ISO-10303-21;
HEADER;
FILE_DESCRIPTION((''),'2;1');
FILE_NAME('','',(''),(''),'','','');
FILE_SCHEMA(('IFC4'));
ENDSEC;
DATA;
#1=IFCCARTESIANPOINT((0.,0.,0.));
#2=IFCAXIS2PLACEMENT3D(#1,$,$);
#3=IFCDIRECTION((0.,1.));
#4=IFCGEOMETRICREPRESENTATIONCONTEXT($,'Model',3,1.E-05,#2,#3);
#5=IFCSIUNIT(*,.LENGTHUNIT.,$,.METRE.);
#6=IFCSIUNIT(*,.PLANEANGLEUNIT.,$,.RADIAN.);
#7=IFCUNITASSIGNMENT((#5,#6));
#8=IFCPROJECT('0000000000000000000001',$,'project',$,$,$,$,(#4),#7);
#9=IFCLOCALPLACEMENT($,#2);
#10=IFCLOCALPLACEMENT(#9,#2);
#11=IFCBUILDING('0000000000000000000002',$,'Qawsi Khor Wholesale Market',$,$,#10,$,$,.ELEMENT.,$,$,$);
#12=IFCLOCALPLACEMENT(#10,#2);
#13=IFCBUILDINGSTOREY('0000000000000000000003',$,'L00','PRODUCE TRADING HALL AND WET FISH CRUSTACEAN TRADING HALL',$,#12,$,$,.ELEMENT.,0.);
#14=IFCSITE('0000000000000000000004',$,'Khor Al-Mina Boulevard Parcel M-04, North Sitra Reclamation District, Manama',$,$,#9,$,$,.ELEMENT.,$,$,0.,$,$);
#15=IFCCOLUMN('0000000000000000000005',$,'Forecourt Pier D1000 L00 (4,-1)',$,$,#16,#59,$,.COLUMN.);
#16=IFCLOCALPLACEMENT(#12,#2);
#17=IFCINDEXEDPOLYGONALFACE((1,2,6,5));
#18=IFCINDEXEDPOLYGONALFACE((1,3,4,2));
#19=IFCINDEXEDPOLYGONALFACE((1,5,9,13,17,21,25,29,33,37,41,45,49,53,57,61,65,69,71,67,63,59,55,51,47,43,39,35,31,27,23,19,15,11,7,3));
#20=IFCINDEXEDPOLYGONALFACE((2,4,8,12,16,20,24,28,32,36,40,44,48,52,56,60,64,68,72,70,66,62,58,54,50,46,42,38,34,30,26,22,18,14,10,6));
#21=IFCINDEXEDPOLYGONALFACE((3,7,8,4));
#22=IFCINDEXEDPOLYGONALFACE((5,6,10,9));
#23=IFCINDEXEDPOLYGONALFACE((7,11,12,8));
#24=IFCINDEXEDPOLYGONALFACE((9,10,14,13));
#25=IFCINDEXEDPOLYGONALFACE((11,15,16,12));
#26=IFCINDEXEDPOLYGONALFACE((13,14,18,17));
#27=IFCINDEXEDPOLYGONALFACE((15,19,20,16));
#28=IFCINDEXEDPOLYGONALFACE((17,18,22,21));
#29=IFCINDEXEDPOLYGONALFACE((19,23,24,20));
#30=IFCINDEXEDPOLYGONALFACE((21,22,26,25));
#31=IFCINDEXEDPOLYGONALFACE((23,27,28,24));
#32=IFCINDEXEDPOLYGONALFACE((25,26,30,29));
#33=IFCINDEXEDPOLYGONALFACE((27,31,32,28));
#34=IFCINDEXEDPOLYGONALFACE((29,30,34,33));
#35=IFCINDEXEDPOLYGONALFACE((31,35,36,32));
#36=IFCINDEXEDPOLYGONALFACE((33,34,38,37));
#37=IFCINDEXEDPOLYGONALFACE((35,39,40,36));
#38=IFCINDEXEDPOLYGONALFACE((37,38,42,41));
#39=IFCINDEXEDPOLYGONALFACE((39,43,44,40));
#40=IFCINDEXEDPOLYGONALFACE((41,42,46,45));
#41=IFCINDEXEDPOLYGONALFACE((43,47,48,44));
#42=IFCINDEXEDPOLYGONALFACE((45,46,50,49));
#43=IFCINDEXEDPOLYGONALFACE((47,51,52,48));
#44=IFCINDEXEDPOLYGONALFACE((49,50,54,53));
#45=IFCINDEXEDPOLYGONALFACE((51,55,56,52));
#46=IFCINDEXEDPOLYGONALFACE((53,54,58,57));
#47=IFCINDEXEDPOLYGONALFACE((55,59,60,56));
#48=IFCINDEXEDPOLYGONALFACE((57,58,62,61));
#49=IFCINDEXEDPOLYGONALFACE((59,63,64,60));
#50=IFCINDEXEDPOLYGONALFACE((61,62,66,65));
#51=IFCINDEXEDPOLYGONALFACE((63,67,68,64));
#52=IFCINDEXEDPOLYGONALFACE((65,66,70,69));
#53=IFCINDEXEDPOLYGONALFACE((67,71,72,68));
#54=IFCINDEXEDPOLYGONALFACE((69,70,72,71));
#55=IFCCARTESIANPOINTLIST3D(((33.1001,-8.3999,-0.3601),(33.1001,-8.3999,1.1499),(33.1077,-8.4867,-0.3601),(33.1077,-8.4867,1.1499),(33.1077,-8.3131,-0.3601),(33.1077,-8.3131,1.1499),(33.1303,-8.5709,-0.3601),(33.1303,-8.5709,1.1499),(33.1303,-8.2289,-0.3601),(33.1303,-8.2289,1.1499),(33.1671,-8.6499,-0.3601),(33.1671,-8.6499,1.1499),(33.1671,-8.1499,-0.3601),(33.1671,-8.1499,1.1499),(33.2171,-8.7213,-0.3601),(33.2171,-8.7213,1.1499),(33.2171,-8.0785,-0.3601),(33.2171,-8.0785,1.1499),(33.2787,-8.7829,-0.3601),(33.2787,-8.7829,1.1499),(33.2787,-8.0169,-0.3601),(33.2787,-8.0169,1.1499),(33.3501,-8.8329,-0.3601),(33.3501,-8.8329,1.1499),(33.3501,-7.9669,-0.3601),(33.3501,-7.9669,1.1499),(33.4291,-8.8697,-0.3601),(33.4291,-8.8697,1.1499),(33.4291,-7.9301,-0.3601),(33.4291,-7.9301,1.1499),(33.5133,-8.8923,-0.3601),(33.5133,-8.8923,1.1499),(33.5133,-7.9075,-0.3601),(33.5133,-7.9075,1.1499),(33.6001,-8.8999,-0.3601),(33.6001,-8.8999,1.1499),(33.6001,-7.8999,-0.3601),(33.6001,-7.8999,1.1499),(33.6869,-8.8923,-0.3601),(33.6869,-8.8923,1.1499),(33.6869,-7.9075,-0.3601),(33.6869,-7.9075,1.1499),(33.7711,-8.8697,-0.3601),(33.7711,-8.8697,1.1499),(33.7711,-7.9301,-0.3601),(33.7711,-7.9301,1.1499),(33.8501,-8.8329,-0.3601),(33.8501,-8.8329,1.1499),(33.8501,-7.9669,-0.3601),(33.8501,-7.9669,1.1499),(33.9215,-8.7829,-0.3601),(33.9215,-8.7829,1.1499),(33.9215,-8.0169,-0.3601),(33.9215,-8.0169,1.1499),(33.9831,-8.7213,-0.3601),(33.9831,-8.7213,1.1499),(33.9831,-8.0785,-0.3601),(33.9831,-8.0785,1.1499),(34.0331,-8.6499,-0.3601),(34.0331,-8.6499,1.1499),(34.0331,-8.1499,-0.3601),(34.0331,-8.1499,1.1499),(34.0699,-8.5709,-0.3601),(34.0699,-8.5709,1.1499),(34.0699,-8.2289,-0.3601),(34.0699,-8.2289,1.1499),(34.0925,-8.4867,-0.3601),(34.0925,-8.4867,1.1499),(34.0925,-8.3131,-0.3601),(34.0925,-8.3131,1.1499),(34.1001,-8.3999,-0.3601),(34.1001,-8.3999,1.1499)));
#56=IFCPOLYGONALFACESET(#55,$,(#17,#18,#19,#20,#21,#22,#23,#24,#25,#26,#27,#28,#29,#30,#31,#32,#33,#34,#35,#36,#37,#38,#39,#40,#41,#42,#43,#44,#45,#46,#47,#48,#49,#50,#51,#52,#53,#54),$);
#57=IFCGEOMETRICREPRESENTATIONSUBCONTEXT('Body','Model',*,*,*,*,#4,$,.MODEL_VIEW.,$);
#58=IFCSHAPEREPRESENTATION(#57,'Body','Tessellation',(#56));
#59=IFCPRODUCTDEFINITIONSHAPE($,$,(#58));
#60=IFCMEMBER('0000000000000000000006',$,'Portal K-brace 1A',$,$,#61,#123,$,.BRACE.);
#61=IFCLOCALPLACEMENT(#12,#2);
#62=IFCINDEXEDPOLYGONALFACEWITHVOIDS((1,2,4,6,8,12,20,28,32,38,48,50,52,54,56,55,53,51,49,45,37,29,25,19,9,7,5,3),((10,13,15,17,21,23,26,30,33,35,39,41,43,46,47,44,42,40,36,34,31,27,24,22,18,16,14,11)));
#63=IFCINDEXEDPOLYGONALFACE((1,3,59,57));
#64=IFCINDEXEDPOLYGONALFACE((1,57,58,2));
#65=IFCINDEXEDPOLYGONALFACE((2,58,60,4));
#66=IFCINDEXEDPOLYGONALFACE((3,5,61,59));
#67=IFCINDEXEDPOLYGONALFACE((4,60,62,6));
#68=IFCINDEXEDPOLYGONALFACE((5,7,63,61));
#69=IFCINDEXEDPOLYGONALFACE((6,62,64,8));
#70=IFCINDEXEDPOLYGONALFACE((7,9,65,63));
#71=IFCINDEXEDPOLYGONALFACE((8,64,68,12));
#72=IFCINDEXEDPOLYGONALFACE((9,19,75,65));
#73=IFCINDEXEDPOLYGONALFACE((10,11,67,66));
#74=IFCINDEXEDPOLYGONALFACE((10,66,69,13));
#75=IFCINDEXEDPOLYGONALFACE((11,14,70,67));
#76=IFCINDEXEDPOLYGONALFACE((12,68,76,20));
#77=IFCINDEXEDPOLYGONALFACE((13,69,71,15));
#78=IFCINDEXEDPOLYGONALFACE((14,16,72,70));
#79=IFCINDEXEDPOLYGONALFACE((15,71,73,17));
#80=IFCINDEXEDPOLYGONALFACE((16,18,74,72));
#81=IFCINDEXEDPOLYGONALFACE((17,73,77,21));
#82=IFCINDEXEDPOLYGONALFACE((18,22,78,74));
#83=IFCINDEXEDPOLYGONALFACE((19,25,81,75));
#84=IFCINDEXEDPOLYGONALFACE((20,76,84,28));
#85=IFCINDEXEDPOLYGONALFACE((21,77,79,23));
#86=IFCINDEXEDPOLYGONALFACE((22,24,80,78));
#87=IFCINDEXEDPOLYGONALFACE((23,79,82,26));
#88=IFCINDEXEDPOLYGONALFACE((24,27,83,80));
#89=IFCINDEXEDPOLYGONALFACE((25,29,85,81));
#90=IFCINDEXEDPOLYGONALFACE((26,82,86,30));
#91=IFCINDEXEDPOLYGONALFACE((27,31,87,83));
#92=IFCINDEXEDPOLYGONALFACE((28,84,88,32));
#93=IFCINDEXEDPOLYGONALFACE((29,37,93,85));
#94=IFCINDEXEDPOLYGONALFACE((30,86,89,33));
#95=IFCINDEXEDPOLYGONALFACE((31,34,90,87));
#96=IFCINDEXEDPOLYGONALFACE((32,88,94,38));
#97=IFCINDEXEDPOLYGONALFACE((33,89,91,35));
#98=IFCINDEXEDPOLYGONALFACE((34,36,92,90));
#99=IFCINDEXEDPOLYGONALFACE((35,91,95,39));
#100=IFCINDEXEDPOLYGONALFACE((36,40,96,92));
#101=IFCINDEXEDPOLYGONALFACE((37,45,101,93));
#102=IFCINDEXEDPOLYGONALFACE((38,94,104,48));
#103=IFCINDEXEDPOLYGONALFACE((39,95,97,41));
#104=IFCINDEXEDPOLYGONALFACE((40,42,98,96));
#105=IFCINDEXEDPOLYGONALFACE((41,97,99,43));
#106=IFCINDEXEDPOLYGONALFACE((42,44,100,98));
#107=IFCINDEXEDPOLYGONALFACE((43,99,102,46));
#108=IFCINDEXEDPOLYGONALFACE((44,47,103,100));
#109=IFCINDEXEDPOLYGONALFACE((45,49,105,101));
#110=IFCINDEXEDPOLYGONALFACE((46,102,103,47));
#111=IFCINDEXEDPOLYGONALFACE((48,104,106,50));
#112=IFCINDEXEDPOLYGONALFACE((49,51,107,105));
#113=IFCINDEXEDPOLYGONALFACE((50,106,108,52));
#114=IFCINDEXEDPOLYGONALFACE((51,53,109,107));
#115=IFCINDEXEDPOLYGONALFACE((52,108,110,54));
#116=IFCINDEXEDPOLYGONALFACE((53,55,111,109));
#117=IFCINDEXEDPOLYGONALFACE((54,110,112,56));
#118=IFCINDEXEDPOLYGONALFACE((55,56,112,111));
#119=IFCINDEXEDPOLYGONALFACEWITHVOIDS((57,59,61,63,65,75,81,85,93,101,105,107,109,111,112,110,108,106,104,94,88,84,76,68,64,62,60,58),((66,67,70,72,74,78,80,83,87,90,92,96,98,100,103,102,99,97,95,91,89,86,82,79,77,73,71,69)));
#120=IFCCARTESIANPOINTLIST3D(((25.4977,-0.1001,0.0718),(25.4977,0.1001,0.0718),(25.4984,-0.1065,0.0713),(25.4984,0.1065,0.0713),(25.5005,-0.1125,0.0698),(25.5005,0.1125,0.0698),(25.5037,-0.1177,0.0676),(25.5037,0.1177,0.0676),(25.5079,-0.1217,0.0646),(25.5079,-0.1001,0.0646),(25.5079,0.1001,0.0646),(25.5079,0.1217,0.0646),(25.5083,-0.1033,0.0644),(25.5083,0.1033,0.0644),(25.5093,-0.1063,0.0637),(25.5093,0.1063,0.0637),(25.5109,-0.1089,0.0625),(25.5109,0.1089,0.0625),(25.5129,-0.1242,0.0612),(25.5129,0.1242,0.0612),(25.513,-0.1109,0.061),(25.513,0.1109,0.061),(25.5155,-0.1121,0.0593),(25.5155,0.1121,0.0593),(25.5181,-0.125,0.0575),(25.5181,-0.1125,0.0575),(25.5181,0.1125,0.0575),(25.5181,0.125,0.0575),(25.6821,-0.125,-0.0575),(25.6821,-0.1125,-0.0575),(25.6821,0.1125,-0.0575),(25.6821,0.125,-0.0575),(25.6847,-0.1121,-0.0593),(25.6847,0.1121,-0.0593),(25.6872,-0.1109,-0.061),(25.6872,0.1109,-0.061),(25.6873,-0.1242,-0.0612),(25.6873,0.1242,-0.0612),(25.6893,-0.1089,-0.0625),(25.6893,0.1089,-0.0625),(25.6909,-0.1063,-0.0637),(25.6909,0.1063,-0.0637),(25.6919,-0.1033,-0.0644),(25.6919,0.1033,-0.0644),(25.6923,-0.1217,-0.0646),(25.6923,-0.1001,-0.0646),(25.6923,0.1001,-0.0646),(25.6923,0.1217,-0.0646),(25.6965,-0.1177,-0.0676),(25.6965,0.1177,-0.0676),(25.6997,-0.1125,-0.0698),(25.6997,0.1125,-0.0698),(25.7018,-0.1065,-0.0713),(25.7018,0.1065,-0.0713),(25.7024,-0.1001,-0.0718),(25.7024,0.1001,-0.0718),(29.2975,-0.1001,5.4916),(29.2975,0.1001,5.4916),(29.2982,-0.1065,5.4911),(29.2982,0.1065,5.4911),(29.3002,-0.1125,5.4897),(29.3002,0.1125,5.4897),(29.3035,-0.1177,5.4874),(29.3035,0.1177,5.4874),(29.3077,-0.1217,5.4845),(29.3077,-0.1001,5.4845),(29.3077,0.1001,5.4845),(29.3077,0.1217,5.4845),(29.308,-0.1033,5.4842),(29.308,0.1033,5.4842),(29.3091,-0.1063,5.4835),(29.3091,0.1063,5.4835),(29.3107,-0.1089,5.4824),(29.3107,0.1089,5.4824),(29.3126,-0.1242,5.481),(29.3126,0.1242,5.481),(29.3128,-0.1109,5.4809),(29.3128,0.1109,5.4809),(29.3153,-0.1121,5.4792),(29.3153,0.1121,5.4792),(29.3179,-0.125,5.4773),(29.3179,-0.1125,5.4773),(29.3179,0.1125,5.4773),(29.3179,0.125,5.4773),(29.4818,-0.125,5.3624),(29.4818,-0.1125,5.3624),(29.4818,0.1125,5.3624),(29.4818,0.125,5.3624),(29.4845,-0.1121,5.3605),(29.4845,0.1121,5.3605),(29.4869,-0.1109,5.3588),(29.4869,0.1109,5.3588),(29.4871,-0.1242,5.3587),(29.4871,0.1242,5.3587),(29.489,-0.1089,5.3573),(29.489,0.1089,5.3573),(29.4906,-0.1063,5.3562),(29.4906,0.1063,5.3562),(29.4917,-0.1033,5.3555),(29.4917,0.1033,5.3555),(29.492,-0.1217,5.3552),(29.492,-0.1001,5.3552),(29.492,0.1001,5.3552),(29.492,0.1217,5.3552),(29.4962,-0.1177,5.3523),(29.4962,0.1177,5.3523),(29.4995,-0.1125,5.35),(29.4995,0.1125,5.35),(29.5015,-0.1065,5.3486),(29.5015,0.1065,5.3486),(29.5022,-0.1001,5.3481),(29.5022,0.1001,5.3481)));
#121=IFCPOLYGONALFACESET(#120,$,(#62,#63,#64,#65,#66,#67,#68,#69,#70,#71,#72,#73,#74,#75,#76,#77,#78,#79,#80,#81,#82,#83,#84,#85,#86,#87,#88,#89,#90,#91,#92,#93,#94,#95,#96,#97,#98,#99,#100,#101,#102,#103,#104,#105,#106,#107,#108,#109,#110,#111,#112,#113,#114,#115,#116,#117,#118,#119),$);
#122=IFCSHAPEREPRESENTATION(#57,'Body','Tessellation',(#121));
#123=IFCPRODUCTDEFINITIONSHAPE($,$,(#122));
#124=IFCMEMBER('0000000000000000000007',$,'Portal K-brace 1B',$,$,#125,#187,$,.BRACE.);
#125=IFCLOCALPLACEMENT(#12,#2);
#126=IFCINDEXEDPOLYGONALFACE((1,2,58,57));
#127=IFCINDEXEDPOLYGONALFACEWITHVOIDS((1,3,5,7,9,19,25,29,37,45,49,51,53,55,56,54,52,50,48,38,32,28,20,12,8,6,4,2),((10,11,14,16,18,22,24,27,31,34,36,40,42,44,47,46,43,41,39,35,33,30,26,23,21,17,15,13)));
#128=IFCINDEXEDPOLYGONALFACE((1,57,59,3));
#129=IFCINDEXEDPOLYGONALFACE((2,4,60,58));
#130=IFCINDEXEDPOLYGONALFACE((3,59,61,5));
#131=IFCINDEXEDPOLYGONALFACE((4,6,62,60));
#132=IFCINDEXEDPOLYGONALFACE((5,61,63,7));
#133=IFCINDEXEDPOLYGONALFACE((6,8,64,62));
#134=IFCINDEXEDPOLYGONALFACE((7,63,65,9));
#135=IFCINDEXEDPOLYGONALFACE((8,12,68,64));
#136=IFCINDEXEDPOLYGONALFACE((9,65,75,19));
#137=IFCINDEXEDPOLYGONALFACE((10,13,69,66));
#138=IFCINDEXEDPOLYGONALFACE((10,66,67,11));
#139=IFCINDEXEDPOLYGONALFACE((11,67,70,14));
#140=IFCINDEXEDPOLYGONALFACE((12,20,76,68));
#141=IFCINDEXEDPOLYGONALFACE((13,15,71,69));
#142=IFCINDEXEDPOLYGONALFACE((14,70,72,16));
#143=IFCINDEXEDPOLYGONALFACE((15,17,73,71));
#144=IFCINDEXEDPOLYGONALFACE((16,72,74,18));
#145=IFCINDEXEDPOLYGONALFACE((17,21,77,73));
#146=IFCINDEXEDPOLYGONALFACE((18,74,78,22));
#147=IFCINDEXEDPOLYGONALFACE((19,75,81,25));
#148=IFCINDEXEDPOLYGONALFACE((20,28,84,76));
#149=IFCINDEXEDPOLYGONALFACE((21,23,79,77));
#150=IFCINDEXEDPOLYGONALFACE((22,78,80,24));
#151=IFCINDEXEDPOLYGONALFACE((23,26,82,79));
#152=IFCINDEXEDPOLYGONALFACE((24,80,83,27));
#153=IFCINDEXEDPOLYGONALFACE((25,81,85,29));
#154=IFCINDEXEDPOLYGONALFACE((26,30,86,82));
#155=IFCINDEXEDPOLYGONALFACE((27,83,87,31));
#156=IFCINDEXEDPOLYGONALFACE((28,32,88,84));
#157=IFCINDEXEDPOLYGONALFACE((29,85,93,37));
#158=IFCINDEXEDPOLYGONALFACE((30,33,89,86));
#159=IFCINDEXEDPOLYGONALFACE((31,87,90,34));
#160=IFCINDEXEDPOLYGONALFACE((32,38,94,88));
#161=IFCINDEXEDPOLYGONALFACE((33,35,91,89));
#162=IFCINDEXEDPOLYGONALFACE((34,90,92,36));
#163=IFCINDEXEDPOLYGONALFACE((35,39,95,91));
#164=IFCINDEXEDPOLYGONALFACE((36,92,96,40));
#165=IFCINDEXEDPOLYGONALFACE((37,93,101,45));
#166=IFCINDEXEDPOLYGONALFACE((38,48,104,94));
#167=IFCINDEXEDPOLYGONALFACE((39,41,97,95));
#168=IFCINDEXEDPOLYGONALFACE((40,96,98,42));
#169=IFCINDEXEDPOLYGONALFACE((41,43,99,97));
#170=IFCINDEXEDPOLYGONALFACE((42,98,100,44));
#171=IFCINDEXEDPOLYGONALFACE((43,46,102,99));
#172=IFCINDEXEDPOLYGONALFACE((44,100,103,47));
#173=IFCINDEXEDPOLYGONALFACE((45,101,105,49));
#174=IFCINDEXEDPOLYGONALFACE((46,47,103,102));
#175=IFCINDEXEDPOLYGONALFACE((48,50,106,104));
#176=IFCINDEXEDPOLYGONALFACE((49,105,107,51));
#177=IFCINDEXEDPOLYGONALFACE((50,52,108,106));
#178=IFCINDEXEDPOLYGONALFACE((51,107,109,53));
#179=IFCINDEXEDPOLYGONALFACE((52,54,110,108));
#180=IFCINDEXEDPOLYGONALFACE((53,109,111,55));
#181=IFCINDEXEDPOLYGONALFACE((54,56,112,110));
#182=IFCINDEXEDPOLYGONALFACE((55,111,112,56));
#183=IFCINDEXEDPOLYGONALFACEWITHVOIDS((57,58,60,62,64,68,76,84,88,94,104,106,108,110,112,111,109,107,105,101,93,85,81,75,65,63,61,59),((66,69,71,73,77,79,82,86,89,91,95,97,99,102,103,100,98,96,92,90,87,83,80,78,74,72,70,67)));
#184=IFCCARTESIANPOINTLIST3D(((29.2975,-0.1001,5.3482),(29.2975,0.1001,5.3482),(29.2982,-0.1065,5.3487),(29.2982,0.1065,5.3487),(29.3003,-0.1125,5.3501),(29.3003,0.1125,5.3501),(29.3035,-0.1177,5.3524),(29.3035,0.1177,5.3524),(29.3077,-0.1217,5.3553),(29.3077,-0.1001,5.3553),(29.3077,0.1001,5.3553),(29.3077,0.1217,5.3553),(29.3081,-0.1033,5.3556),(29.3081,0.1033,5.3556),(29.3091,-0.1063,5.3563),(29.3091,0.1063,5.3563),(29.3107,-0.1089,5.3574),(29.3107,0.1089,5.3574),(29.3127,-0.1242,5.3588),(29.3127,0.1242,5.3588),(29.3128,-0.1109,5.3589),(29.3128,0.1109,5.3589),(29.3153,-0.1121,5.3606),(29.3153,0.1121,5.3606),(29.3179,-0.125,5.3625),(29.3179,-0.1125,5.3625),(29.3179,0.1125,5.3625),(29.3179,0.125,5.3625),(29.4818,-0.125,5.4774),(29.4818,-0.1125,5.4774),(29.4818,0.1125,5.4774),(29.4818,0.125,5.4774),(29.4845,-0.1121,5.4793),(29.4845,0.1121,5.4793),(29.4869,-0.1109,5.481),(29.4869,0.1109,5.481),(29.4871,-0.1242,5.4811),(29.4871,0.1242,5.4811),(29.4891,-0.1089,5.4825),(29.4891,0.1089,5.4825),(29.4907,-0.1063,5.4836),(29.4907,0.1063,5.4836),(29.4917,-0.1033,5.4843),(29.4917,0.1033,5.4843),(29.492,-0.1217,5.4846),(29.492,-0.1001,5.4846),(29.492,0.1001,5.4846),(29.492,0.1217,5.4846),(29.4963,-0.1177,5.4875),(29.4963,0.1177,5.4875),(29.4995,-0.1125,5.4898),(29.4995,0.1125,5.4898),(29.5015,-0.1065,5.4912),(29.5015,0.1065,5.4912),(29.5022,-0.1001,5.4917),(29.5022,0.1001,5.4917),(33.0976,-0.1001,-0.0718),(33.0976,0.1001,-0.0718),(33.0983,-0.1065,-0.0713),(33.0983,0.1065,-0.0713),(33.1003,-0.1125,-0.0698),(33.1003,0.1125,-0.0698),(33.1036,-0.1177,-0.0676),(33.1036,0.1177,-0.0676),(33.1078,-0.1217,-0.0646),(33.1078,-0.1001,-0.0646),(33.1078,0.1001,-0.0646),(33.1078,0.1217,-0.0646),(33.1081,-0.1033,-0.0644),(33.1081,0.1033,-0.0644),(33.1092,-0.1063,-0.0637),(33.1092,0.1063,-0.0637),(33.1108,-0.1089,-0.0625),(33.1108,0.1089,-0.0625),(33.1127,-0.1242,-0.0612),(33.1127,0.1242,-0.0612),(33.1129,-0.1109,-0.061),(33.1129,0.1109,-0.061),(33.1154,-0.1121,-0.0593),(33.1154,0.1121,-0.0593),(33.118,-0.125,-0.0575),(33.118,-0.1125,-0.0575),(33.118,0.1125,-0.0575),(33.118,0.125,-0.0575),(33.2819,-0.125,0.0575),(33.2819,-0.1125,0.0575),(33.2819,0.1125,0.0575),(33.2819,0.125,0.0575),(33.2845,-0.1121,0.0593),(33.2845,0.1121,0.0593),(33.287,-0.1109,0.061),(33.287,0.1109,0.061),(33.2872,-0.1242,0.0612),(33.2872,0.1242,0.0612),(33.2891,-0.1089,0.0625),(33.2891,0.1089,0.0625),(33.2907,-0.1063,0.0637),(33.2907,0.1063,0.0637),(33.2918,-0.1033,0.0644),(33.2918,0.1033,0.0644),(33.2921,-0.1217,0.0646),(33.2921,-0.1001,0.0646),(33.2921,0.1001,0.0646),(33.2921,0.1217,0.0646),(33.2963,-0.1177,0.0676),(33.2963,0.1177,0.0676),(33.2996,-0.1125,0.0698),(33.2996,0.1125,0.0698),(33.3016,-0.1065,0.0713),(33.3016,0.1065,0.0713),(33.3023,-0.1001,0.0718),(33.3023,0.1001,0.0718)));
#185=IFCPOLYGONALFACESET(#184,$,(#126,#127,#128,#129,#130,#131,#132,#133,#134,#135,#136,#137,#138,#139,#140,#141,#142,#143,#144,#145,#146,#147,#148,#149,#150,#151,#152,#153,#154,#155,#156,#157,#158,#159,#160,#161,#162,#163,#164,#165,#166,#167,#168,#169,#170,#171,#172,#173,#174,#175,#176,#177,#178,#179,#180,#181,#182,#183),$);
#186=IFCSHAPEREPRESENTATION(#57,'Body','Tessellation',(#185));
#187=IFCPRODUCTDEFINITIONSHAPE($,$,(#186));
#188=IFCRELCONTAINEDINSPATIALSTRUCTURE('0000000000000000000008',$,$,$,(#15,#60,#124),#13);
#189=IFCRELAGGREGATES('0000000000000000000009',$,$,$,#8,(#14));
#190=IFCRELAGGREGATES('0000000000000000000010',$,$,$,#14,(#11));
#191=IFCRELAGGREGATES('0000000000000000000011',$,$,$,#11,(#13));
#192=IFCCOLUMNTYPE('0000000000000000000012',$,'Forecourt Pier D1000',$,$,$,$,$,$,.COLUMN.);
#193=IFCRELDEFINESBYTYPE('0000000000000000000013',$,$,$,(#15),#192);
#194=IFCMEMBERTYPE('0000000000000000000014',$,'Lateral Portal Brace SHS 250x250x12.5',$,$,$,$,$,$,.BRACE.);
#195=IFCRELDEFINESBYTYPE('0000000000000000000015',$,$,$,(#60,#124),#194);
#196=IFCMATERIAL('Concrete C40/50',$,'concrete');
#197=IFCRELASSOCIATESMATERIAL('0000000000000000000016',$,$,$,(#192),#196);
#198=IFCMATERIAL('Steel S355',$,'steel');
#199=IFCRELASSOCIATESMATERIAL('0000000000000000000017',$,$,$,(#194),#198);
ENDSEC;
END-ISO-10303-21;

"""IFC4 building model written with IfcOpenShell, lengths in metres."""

from ifc_helpers import new_model, si_unit, direction, frame, origin, origin_2d, place, context, subcontext, project, spatial, hollow_rectangle, circle, extrude, material, material_profile, profile_set, type_object, element, save


model = new_model("IFC4")

# Units and contexts
model_context = context("Model", 3, precision=1e-05, world=origin(), true_north=direction((0.0, 1.0)))
body_context = subcontext(model_context, "Body", "Model", "MODEL_VIEW")
ifc_project = project(units=[si_unit("LENGTHUNIT", "METRE"), si_unit("PLANEANGLEUNIT", "RADIAN")], contexts=[model_context])

# Site, building, storey
site_placement = place(None, origin())
site = spatial("IfcSite", under=ifc_project, at=site_placement, Name="Khor Al-Mina Boulevard Parcel M-04, North Sitra Reclamation District, Manama", CompositionType="ELEMENT", RefElevation=0.0)
building_placement = place(site_placement, origin())
building = spatial("IfcBuilding", under=site, at=building_placement, Name="Qawsi Khor Wholesale Market", CompositionType="ELEMENT")
storey_placement = place(building_placement, origin())
storey = spatial("IfcBuildingStorey", under=building, at=storey_placement, Name="L00", Description="PRODUCE TRADING HALL AND WET FISH CRUSTACEAN TRADING HALL", CompositionType="ELEMENT", Elevation=0.0)

# Column
ifc_material_1 = material(Name="Concrete C40/50", Category="concrete")
ifc_material_profile_1 = material_profile(ifc_material_1, circle(Radius=0.5, at=origin_2d()), Name="RC COL D1000")
ifc_profile_set_1 = profile_set([ifc_material_profile_1], Name="Concrete C40/50")
column_type_1 = type_object("IfcColumnType", Name="Forecourt Pier D1000", PredefinedType="COLUMN", material=ifc_profile_set_1)
column_1_placement = place(storey_placement, frame((33.6001, -8.3999, -0.3601), z_axis=(0.0, 0.0, 1.0), x_axis=(1.0, 0.0, 0.0)))
element("IfcColumn", 1, at=column_1_placement, inside=storey, type_object=column_type_1, Name="Forecourt Pier D1000 L00 (4,-1)", PredefinedType="COLUMN", context=body_context, shape_type="SweptSolid", body=[
    extrude(circle(Radius=0.5, at=origin_2d()), origin(), (0.0, 0.0, 1.0), 1.51),
])

# Members
ifc_material_2 = material(Name="Steel S355", Category="steel")
ifc_material_profile_2 = material_profile(ifc_material_2, hollow_rectangle(XDim=0.25, YDim=0.25, WallThickness=0.0125, InnerFilletRadius=0.0125, OuterFilletRadius=0.0249, at=origin_2d()), Name="SHS 250x250x12.5")
ifc_profile_set_2 = profile_set([ifc_material_profile_2], Name="Steel S355")
member_type_1 = type_object("IfcMemberType", Name="Lateral Portal Brace SHS 250x250x12.5", PredefinedType="BRACE", material=ifc_profile_set_2)
member_1_placement = place(storey_placement, frame((25.6001, 0.0, 0.0), z_axis=(0.574056, 0.0, 0.818816), x_axis=(0.0, 1.0, 0.0)))
element("IfcMember", 2, at=member_1_placement, inside=storey, type_object=member_type_1, Name="Portal K-brace 1A", PredefinedType="BRACE", context=body_context, shape_type="SweptSolid", body=[
    extrude(hollow_rectangle(XDim=0.25, YDim=0.25, WallThickness=0.0125, InnerFilletRadius=0.0125, OuterFilletRadius=0.0249, at=origin_2d()), origin(), (0.0, 0.0, 1.0), 6.6191),
])
member_2_placement = place(storey_placement, frame((33.2, 0.0, 0.0), z_axis=(-0.574081, 0.0, 0.818798), x_axis=(0.0, -1.0, 0.0)))
element("IfcMember", 3, at=member_2_placement, inside=storey, type_object=member_type_1, Name="Portal K-brace 1B", PredefinedType="BRACE", context=body_context, shape_type="SweptSolid", body=[
    extrude(hollow_rectangle(XDim=0.25, YDim=0.25, WallThickness=0.0125, InnerFilletRadius=0.0125, OuterFilletRadius=0.0249, at=origin_2d()), origin(), (0.0, 0.0, 1.0), 6.6194),
])

save(model, "model.ifc")
